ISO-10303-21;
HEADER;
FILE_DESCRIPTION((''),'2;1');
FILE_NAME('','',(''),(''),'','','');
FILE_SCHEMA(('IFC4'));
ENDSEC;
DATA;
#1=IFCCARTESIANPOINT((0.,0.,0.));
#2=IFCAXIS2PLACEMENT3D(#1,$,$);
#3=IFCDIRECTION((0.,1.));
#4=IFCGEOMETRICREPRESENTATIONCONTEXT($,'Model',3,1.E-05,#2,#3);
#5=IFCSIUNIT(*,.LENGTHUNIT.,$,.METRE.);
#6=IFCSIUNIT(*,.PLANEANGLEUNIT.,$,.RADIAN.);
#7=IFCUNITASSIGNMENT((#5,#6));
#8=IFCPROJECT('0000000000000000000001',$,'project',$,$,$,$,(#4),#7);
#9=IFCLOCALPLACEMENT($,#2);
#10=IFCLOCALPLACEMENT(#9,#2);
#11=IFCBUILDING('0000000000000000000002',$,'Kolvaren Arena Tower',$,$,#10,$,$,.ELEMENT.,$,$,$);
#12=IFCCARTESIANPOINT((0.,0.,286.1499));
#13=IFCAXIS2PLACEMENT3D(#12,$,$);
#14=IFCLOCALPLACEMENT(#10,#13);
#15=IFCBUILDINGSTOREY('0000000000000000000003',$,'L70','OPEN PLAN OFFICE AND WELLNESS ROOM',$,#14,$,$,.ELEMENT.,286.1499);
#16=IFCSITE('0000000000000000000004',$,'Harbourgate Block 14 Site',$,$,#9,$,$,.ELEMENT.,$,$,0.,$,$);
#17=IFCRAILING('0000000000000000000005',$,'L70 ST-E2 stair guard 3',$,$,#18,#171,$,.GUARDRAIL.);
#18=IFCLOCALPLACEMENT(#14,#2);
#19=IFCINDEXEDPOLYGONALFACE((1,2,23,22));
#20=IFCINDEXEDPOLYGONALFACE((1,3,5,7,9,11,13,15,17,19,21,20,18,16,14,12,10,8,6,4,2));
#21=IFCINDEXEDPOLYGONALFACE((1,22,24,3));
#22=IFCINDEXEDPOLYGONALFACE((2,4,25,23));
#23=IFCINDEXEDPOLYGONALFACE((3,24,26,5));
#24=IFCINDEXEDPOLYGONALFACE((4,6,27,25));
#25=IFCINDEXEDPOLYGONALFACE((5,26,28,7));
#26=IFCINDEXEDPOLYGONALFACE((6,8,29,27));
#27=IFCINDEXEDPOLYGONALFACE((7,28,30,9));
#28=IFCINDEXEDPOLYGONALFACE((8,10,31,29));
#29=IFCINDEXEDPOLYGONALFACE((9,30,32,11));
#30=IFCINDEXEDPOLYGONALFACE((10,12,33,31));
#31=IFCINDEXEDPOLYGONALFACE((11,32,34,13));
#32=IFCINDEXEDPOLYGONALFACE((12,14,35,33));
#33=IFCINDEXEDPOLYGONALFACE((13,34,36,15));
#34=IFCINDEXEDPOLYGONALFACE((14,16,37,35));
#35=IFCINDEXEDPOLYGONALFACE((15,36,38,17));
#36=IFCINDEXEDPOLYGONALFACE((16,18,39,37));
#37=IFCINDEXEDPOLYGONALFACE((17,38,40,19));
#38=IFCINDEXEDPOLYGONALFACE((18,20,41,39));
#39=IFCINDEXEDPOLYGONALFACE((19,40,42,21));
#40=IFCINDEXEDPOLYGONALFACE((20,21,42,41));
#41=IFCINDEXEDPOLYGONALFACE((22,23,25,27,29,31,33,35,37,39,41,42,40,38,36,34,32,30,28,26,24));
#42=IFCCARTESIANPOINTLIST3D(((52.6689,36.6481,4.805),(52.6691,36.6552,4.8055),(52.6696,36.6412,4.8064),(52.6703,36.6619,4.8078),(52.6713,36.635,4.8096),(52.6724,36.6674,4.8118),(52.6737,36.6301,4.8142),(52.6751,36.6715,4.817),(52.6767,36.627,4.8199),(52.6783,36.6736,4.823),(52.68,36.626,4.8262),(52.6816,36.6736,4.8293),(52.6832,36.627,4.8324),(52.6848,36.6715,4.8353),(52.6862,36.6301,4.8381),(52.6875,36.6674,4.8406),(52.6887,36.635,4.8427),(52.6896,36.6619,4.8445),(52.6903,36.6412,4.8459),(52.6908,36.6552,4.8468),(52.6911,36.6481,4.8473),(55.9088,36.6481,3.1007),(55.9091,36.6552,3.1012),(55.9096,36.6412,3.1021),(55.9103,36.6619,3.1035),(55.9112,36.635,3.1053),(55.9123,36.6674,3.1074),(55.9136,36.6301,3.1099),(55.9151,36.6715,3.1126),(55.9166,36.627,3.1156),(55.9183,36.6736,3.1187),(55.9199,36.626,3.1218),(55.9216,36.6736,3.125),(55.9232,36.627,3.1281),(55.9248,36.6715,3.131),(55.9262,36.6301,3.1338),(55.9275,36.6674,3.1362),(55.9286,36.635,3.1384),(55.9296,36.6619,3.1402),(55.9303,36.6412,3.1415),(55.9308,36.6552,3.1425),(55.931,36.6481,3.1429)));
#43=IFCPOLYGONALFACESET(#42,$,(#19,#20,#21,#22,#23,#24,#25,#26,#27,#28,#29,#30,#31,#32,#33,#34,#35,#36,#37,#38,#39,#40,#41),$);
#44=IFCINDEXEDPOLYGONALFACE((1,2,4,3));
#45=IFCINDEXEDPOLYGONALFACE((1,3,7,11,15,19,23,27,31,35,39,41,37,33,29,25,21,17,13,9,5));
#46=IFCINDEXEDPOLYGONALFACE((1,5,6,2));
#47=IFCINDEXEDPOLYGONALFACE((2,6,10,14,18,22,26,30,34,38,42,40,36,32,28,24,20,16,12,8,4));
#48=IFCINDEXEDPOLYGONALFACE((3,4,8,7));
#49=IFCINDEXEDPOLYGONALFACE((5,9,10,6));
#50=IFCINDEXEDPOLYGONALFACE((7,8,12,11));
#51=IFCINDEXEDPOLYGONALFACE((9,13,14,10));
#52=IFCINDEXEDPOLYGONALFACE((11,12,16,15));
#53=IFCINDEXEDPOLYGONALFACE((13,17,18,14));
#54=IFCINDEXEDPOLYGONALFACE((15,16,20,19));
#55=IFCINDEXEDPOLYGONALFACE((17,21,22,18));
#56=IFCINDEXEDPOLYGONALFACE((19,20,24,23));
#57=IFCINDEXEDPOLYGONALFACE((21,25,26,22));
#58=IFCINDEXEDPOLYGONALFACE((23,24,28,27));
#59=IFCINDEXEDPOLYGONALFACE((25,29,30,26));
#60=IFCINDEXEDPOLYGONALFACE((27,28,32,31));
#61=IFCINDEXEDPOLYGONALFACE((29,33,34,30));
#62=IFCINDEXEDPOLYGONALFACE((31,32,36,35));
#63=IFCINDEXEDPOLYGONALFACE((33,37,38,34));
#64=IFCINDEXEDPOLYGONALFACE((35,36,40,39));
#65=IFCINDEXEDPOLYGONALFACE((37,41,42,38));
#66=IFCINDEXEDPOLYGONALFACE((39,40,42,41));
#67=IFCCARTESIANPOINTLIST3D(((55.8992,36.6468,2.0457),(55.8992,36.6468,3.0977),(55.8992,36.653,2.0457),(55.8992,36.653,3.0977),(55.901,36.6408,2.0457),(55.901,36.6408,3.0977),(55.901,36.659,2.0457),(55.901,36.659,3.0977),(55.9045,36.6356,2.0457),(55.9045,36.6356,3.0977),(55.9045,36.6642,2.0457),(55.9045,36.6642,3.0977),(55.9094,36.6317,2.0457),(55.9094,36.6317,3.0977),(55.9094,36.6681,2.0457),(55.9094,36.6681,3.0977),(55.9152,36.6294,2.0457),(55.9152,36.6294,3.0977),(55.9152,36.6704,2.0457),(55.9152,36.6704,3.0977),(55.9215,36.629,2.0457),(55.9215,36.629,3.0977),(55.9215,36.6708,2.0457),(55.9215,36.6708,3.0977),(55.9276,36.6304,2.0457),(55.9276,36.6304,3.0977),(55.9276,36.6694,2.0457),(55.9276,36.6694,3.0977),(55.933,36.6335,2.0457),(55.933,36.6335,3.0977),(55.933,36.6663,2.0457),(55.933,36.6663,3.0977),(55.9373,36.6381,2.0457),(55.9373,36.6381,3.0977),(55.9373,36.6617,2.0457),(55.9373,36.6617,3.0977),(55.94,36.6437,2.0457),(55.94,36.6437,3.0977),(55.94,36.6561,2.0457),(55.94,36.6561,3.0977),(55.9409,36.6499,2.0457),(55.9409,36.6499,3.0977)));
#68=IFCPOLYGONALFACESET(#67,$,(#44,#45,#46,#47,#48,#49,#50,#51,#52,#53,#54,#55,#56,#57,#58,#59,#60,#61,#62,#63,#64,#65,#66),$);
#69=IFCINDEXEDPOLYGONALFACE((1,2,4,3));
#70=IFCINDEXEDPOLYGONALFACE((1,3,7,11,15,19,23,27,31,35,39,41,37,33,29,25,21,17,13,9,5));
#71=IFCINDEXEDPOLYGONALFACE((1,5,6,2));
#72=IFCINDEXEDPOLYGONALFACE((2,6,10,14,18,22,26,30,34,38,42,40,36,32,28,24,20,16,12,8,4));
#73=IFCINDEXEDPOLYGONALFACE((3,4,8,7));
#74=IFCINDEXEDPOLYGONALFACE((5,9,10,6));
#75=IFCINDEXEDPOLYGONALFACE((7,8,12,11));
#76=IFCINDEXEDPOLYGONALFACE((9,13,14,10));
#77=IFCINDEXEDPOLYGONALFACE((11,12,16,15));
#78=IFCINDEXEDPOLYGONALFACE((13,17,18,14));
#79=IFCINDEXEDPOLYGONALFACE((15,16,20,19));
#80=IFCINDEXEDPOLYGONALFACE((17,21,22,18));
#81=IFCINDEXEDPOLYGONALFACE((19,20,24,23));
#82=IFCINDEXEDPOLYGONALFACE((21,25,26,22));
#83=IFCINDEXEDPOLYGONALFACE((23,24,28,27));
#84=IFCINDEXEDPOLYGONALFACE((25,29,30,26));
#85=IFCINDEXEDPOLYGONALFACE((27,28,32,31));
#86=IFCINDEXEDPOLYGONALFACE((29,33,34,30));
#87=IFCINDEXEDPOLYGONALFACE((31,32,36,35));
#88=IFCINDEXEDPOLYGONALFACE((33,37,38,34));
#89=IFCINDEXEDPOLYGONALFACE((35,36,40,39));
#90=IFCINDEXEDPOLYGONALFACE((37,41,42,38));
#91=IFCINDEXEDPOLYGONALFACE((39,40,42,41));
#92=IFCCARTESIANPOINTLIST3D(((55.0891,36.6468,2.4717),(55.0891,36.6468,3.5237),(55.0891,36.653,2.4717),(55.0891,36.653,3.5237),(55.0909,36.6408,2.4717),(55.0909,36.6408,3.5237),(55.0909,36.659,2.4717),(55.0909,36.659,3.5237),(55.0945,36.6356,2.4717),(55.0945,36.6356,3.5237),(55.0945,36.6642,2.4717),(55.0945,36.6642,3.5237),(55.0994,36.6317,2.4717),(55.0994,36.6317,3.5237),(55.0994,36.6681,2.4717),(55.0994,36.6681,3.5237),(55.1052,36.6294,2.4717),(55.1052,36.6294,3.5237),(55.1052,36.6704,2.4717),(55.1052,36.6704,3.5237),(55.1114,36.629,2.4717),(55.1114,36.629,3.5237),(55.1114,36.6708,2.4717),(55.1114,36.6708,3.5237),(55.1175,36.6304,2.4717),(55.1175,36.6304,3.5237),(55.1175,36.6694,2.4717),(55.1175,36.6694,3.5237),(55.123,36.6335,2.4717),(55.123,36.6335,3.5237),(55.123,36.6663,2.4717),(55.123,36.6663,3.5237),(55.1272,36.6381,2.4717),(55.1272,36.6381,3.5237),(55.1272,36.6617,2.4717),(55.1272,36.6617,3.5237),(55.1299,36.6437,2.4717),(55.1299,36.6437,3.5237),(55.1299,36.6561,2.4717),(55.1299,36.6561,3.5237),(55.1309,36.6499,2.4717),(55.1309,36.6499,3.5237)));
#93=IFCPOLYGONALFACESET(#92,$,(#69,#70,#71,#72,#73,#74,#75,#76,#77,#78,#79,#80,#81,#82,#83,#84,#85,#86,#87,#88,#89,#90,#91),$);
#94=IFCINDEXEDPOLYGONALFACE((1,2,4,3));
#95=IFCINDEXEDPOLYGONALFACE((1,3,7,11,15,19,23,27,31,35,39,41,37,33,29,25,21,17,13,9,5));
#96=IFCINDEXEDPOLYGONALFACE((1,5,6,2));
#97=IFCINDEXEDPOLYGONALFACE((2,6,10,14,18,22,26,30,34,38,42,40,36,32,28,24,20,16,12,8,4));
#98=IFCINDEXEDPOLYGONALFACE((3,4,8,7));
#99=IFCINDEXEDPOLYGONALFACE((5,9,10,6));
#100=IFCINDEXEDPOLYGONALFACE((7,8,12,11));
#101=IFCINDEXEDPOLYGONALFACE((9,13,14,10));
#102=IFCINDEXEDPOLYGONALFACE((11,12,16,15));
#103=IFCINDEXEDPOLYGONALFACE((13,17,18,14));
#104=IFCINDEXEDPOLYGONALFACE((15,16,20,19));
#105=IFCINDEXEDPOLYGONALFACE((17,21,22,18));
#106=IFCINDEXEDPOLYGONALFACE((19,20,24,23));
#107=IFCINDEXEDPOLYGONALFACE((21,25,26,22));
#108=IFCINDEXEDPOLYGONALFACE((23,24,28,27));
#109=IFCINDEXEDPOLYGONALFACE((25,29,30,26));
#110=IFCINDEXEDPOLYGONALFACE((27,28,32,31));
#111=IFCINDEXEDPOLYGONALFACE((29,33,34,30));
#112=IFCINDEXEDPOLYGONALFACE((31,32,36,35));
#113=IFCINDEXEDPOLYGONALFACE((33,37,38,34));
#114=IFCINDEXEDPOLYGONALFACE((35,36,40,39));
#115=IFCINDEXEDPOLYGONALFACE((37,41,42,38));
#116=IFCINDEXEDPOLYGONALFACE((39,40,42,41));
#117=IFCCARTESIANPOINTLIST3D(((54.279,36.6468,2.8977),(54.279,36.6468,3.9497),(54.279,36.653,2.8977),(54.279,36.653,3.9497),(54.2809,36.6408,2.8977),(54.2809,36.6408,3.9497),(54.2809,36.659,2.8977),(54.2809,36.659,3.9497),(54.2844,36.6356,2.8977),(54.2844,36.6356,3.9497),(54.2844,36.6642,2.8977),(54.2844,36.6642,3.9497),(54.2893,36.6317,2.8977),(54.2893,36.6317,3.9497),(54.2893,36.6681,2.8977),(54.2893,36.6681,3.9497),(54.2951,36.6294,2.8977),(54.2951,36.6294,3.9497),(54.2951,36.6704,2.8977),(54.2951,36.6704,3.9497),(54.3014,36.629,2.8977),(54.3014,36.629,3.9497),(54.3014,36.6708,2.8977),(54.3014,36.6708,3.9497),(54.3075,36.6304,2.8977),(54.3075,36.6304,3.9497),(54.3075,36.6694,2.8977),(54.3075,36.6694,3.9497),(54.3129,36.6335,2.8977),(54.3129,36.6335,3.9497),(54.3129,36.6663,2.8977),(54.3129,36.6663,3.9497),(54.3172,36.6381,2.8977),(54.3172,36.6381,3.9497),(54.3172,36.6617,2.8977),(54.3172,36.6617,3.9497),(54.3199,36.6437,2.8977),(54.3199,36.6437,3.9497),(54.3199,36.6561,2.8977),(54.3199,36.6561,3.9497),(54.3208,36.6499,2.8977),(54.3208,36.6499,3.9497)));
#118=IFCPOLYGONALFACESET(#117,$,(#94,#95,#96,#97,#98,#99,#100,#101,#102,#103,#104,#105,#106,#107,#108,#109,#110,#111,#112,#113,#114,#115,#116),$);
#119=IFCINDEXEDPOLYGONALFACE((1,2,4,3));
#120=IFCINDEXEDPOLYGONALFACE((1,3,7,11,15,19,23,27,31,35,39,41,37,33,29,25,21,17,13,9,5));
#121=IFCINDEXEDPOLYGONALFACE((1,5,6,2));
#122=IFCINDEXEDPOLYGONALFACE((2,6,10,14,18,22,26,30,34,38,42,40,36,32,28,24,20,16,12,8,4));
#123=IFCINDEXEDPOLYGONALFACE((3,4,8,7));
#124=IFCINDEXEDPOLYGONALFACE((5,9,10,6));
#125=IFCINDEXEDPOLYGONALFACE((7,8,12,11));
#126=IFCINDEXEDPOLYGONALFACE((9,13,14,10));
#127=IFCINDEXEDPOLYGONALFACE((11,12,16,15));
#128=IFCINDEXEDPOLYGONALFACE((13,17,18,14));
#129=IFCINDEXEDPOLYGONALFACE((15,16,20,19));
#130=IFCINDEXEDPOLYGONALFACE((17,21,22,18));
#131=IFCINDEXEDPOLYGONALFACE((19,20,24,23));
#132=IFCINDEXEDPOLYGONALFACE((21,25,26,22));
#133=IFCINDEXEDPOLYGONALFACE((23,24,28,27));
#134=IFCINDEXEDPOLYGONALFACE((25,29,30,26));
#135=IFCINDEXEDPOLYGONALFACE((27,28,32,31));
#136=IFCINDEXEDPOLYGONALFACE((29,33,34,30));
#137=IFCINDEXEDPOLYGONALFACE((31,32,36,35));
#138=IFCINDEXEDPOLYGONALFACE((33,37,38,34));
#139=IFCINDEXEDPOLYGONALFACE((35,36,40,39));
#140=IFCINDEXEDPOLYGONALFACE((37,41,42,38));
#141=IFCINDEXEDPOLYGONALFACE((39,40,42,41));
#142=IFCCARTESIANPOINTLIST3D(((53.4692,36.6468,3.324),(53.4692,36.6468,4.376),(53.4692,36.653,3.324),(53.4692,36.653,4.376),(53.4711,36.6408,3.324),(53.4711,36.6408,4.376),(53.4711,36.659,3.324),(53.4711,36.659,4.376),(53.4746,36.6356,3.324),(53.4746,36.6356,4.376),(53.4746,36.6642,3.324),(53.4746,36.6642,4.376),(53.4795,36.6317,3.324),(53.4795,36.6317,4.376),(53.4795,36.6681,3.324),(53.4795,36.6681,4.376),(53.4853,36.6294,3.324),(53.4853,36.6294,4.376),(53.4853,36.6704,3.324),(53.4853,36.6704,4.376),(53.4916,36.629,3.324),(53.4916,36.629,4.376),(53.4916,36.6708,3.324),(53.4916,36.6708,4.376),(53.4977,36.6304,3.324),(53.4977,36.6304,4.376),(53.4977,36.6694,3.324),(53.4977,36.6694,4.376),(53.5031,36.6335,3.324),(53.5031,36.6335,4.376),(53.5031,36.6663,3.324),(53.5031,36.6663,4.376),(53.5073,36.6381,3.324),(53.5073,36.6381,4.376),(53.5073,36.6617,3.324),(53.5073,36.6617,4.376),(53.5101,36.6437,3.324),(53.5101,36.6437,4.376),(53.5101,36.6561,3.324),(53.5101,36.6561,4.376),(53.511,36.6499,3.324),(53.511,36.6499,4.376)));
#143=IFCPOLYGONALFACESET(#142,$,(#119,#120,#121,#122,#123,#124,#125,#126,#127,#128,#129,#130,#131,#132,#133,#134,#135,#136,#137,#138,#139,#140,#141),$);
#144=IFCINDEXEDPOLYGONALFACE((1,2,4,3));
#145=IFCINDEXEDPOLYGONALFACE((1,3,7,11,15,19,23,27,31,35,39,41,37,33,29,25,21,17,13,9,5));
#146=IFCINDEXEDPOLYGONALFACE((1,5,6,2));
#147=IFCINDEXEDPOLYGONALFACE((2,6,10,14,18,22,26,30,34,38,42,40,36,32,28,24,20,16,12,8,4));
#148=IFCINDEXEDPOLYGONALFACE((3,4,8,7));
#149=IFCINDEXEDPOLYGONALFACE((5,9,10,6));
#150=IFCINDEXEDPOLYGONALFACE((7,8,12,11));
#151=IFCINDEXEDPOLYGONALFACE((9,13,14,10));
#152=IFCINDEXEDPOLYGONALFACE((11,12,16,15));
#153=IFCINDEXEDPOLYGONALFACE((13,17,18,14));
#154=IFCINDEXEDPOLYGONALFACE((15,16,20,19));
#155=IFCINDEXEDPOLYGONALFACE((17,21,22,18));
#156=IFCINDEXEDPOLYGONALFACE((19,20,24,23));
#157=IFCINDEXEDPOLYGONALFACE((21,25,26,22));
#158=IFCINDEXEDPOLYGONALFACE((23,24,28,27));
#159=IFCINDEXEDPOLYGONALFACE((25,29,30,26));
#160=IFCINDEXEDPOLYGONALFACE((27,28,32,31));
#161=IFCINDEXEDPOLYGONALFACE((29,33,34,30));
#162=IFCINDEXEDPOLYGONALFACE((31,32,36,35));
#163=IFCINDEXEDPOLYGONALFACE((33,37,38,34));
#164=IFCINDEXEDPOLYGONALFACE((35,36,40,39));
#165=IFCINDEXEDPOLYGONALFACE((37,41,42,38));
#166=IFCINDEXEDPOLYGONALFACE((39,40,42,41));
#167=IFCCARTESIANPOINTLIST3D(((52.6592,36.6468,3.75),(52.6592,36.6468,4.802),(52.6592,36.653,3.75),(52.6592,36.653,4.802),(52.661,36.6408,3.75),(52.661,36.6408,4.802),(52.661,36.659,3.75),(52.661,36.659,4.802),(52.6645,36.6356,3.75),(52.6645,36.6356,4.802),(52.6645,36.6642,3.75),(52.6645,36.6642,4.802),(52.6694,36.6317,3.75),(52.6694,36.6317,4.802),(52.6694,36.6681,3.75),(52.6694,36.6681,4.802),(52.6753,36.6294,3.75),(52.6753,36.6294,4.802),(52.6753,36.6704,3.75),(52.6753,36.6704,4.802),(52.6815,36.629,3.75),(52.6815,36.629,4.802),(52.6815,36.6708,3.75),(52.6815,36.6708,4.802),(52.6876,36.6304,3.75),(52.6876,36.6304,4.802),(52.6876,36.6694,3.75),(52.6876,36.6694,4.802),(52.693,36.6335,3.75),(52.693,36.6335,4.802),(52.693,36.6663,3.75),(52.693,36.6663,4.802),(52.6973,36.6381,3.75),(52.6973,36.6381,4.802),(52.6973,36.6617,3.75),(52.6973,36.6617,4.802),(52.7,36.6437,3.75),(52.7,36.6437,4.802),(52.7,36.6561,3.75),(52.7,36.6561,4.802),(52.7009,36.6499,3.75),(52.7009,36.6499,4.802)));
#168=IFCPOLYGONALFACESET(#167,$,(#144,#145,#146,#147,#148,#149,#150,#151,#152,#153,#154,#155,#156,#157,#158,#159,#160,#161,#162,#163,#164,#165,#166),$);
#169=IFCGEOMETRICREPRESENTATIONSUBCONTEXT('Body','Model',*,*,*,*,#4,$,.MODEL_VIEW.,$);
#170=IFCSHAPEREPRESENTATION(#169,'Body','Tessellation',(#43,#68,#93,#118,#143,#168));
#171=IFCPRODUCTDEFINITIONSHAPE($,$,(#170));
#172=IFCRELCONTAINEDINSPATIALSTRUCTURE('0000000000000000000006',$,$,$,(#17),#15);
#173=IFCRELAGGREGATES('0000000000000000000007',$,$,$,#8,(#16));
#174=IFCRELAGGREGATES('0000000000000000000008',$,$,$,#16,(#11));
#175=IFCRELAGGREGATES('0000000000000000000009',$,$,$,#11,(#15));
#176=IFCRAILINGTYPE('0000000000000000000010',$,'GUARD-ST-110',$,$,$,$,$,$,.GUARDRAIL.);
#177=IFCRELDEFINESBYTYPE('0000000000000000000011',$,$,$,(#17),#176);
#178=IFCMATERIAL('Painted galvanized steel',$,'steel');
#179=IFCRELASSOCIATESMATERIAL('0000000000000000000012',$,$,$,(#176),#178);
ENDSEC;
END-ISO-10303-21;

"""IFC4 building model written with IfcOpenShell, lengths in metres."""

from ifc_helpers import new_model, si_unit, direction, frame, origin, origin_2d, place, context, subcontext, project, spatial, circle, extrude, material, type_object, element, save


model = new_model("IFC4")

# Units and contexts
model_context = context("Model", 3, precision=1e-05, world=origin(), true_north=direction((0.0, 1.0)))
body_context = subcontext(model_context, "Body", "Model", "MODEL_VIEW")
ifc_project = project(units=[si_unit("LENGTHUNIT", "METRE"), si_unit("PLANEANGLEUNIT", "RADIAN")], contexts=[model_context])

# Site, building, storey
site_placement = place(None, origin())
site = spatial("IfcSite", under=ifc_project, at=site_placement, Name="Harbourgate Block 14 Site", CompositionType="ELEMENT", RefElevation=0.0)
building_placement = place(site_placement, origin())
building = spatial("IfcBuilding", under=site, at=building_placement, Name="Kolvaren Arena Tower", CompositionType="ELEMENT")
storey_placement = place(building_placement, frame((0.0, 0.0, 286.1499)))
storey = spatial("IfcBuildingStorey", under=building, at=storey_placement, Name="L70", Description="OPEN PLAN OFFICE AND WELLNESS ROOM", CompositionType="ELEMENT", Elevation=286.1499)

# Railing
ifc_material_1 = material(Name="Painted galvanized steel", Category="steel")
railing_type_1 = type_object("IfcRailingType", Name="GUARD-ST-110", PredefinedType="GUARDRAIL", material=ifc_material_1)
railing_1_placement = place(storey_placement, frame((55.9199, 36.6499, 2.0457)))
element("IfcRailing", 1, at=railing_1_placement, inside=storey, type_object=railing_type_1, Name="L70 ST-E2 stair guard 3", PredefinedType="GUARDRAIL", context=body_context, shape_type="SweptSolid", body=[
    extrude(circle(Radius=0.0239, at=origin_2d()), frame((0.0, 0.0, 1.0762), z_axis=(-0.885021, 0.0, 0.465551), x_axis=(0.0, -1.0, 0.0)), (0.0, 0.0, 1.0), 3.6609),
    extrude(circle(Radius=0.021, at=origin_2d()), origin(), (0.0, 0.0, 1.0), 1.052),
    extrude(circle(Radius=0.021, at=origin_2d()), frame((-0.8101, 0.0, 0.426)), (0.0, 0.0, 1.0), 1.052),
    extrude(circle(Radius=0.021, at=origin_2d()), frame((-1.6201, 0.0, 0.8521)), (0.0, 0.0, 1.0), 1.052),
    extrude(circle(Radius=0.021, at=origin_2d()), frame((-2.4299, 0.0, 1.2783)), (0.0, 0.0, 1.0), 1.052),
    extrude(circle(Radius=0.021, at=origin_2d()), frame((-3.24, 0.0, 1.7043)), (0.0, 0.0, 1.0), 1.052),
])

save(model, "model.ifc")
